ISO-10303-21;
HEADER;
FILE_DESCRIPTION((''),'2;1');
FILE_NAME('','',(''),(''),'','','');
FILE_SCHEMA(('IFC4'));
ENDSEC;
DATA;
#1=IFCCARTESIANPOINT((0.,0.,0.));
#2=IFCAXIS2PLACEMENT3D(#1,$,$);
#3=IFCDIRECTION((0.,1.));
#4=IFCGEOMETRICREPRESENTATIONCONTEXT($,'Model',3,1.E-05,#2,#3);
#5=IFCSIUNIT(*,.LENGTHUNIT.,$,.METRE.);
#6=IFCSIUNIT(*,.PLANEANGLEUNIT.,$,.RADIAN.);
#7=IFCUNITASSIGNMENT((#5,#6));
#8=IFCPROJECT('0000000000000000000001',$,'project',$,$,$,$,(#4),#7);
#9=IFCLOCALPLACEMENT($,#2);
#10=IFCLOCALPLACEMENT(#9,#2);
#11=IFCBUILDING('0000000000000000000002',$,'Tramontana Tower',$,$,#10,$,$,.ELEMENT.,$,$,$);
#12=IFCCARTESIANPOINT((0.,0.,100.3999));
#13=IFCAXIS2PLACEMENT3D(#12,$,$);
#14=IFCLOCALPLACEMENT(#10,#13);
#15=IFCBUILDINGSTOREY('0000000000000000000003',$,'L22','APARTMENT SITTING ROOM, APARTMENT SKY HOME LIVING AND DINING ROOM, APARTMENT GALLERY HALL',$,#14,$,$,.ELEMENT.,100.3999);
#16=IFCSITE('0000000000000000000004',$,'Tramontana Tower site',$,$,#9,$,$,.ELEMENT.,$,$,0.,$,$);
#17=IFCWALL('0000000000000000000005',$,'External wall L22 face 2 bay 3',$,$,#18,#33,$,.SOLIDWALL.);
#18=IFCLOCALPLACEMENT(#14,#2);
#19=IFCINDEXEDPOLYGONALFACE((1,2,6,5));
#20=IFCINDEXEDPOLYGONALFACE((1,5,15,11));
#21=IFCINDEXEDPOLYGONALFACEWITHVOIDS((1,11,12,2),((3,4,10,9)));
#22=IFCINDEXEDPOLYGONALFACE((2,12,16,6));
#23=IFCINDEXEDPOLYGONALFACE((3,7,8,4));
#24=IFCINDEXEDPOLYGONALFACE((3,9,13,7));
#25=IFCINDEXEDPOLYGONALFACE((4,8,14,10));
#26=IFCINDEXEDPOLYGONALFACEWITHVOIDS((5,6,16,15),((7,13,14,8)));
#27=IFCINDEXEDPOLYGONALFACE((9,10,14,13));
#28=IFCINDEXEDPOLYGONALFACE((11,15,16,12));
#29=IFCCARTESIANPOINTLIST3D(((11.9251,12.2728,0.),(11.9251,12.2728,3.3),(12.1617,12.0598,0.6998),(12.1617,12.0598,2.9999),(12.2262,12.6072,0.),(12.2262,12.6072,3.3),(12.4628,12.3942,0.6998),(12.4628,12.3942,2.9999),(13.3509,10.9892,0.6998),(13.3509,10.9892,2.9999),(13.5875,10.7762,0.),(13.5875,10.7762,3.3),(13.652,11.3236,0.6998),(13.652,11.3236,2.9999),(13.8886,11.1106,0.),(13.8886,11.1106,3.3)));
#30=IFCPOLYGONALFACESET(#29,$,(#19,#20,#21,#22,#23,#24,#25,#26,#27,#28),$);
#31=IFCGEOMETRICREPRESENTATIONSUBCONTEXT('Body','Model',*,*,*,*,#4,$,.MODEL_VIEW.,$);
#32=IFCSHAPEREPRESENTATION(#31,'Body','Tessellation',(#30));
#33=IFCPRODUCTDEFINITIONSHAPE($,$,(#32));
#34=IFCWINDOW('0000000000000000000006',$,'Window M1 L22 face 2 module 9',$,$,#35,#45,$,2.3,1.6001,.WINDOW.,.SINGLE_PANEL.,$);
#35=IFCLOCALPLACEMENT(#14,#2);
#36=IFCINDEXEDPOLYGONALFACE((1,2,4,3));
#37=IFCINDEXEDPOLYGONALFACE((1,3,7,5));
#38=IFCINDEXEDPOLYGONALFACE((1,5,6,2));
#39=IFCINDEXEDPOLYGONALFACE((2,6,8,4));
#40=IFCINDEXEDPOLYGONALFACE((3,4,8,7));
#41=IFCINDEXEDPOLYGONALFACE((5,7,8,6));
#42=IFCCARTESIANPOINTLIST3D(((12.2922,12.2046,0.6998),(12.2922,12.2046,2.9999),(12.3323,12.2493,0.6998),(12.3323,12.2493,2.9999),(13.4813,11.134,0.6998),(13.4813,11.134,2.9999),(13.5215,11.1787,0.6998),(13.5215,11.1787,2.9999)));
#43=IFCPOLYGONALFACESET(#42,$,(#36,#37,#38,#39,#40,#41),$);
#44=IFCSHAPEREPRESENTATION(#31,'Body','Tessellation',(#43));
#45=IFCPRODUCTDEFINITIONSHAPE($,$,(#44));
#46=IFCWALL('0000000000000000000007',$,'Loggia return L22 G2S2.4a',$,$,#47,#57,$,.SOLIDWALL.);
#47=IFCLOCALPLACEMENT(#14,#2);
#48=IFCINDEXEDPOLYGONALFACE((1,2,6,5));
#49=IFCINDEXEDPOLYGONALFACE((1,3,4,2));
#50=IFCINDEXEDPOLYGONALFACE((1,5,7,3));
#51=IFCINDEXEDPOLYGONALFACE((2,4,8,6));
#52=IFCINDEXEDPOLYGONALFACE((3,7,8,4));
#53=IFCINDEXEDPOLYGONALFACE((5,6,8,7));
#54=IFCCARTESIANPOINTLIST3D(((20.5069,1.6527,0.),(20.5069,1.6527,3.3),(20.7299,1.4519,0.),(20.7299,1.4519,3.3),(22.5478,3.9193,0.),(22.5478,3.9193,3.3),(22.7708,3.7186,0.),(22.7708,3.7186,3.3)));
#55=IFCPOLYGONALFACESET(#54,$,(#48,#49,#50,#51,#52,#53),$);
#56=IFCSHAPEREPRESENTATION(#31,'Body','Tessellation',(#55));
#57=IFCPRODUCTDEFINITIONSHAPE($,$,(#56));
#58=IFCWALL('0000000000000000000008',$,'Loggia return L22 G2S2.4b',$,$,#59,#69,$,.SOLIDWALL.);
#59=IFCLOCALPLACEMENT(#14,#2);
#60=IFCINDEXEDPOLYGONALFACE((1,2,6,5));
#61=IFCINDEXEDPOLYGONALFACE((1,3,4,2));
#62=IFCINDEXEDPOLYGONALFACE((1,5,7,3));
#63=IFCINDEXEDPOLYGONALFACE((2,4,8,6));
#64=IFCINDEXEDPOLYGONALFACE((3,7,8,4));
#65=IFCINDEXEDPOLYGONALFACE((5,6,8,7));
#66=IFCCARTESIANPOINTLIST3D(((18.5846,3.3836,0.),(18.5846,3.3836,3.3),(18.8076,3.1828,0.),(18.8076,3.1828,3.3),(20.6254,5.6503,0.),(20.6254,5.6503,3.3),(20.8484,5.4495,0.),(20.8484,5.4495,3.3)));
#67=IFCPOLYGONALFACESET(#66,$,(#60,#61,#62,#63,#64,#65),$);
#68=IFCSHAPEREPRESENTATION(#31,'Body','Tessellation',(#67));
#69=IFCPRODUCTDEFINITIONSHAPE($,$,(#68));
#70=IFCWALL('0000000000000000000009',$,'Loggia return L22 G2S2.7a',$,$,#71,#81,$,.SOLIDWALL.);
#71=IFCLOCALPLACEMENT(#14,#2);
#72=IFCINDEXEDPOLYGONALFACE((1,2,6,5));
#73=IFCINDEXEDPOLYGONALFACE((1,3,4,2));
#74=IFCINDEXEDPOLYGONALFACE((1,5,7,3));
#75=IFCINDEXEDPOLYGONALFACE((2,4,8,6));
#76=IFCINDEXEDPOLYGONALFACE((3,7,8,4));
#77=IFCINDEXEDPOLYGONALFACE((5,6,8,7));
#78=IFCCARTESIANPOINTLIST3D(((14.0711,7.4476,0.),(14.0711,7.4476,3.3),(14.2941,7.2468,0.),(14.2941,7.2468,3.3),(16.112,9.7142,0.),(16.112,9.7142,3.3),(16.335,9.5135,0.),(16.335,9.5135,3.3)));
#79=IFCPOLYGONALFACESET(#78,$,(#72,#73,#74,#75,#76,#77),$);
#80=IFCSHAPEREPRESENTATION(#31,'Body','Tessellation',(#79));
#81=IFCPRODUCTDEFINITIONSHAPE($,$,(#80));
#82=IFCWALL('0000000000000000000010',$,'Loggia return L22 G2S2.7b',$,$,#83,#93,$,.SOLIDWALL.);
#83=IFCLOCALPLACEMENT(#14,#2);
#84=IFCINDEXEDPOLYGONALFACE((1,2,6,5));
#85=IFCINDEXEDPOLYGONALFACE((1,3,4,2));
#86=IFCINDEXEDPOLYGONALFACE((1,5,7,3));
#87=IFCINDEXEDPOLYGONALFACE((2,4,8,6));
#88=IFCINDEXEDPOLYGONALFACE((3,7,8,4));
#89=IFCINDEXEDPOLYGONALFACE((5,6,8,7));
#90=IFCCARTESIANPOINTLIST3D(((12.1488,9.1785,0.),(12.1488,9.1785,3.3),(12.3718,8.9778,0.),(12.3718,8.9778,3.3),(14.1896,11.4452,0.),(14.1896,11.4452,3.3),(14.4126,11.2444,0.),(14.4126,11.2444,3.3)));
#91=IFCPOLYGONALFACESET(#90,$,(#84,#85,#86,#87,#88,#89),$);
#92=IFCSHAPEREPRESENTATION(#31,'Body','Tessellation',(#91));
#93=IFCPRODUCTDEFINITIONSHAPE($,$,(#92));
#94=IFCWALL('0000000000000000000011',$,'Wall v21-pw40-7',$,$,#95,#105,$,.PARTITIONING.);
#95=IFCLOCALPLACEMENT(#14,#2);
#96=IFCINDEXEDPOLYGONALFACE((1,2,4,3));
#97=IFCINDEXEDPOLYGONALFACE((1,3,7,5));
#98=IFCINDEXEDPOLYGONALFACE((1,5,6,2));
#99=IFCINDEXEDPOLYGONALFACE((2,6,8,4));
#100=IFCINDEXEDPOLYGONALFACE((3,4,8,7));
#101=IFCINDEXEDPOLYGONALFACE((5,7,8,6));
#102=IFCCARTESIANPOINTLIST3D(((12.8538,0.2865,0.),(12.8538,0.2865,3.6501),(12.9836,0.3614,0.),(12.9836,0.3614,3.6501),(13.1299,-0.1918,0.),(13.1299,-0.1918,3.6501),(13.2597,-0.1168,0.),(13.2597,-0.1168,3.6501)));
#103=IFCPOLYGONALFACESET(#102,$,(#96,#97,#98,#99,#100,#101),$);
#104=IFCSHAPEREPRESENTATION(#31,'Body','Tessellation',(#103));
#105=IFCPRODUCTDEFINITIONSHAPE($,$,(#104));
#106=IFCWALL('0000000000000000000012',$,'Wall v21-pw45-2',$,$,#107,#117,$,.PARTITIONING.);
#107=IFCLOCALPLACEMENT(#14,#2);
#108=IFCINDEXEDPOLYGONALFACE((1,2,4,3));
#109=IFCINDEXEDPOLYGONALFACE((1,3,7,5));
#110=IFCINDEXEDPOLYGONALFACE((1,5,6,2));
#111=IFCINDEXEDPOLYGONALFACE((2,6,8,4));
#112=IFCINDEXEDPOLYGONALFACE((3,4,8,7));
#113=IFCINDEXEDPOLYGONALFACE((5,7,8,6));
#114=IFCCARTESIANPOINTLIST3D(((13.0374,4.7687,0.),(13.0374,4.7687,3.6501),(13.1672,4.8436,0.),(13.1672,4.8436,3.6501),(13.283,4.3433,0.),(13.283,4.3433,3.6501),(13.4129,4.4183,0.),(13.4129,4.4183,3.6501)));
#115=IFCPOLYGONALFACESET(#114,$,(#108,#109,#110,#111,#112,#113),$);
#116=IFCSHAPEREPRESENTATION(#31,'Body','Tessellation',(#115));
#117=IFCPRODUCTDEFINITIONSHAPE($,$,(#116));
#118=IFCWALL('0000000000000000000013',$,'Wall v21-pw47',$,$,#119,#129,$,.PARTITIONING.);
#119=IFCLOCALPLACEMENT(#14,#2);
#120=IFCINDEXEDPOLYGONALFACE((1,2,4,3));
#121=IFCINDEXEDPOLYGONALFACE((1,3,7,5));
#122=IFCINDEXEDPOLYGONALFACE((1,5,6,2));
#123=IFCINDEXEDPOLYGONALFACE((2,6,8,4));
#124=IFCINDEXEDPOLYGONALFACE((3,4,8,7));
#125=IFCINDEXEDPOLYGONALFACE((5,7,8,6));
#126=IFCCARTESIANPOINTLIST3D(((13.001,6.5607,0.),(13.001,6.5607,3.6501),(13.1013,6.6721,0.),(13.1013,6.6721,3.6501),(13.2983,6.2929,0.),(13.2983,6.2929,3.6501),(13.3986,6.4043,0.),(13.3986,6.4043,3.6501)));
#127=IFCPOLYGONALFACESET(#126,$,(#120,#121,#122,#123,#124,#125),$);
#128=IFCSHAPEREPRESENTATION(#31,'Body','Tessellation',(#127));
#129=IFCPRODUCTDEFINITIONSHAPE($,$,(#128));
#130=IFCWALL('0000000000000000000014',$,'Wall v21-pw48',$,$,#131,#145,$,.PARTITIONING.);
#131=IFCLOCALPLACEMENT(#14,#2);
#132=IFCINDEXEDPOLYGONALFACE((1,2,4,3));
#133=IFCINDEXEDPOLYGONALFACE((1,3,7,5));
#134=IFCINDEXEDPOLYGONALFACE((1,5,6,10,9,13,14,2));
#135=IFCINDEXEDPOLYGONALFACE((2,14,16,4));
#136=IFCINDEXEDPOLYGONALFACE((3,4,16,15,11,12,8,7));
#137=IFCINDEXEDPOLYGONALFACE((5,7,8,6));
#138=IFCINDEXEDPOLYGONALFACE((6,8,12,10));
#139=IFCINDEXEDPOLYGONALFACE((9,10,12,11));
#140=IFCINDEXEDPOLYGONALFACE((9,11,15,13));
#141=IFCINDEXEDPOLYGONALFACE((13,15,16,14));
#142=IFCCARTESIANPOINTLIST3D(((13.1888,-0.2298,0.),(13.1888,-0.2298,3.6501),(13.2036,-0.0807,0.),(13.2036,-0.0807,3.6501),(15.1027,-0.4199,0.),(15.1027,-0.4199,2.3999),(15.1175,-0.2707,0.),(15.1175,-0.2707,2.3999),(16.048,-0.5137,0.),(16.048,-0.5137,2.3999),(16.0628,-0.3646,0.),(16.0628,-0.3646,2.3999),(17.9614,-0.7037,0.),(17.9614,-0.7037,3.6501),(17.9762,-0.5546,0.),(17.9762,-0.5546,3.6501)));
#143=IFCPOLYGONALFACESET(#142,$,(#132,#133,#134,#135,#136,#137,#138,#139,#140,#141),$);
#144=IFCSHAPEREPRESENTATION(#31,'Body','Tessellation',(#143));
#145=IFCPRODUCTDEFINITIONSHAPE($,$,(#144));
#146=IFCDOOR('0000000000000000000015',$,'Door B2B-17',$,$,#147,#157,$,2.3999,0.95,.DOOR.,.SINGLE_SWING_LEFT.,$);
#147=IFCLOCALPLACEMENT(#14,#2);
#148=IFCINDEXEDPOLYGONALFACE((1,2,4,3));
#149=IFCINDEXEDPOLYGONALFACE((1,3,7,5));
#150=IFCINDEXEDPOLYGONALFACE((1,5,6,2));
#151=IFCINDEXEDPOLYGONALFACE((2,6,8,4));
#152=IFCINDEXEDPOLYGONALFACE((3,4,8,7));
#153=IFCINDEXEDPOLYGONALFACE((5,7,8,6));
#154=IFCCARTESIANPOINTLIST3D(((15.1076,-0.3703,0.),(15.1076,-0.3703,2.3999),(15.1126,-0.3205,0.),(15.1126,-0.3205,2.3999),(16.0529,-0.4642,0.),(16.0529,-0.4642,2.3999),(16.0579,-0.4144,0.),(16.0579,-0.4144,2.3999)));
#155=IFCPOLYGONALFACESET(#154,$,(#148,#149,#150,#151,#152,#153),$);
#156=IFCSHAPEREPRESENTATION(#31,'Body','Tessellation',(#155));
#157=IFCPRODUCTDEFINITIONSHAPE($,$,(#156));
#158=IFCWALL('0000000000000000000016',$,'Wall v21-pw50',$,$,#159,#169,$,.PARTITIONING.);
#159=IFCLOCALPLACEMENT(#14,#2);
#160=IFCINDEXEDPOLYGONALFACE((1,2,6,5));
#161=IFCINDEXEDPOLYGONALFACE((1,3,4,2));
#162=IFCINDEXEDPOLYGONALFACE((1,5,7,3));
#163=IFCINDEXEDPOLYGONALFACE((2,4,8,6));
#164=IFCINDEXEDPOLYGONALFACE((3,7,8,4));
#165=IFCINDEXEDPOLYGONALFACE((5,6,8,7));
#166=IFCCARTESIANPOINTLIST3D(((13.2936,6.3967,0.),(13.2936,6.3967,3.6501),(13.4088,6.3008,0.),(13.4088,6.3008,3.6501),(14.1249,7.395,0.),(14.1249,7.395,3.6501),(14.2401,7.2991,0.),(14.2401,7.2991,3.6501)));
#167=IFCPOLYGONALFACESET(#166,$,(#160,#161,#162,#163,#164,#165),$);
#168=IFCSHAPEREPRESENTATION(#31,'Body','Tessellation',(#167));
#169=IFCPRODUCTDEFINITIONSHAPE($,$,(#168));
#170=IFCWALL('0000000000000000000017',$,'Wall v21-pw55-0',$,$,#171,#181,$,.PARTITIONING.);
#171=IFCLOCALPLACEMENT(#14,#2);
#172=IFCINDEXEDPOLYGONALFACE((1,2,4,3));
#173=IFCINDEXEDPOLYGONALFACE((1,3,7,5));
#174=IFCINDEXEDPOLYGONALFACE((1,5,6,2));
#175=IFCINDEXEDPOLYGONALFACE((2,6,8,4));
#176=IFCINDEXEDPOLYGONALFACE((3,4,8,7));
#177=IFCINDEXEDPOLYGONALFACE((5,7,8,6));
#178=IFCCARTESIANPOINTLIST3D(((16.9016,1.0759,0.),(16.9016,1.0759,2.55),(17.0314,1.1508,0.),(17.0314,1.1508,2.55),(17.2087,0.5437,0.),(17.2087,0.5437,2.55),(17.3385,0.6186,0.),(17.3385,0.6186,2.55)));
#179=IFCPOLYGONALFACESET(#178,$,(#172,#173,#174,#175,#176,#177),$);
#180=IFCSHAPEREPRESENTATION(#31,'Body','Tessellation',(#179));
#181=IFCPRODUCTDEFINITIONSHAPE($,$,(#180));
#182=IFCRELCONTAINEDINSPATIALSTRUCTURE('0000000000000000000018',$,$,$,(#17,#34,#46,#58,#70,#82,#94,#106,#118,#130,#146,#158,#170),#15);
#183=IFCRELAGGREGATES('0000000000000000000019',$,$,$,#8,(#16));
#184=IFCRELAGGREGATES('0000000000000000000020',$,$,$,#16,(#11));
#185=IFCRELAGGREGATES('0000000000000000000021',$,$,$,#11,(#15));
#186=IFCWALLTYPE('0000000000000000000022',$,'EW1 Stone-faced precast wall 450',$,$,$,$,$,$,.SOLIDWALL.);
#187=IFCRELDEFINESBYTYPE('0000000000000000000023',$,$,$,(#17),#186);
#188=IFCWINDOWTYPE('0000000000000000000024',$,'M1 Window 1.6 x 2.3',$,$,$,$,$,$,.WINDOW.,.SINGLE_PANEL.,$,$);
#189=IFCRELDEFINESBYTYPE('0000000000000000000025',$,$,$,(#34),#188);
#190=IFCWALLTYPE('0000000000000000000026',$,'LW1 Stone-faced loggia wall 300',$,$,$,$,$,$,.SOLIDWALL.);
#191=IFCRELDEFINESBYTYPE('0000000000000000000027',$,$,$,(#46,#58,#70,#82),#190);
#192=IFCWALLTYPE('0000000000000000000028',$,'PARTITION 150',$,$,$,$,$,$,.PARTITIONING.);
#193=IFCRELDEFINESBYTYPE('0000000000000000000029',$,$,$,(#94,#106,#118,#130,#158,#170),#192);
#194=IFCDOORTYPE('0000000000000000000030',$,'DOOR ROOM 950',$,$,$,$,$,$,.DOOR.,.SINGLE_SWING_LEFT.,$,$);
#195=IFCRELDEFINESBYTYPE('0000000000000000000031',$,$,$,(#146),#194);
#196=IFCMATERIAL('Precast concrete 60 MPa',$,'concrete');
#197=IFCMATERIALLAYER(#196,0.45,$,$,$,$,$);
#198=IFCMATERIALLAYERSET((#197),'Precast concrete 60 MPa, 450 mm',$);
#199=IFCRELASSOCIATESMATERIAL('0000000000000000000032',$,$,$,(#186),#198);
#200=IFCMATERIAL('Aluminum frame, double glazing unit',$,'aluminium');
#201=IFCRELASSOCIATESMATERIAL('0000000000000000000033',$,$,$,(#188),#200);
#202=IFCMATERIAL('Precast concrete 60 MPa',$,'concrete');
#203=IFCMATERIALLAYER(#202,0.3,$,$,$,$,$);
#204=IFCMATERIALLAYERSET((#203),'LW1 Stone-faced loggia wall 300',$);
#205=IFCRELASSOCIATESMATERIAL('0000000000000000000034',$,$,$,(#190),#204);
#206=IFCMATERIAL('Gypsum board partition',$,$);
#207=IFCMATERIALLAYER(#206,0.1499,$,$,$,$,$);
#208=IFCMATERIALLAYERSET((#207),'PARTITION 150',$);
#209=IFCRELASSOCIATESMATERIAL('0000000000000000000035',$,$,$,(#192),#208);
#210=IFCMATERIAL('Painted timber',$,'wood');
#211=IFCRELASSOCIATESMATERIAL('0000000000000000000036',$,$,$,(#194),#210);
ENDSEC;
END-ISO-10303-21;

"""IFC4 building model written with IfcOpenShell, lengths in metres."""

from ifc_helpers import new_model, si_unit, direction, frame, frame_2d, origin, place, context, subcontext, project, spatial, rectangle, extrude, material, layer, layer_set, type_object, element, fill, save


model = new_model("IFC4")

# Units and contexts
model_context = context("Model", 3, precision=1e-05, world=origin(), true_north=direction((0.0, 1.0)))
body_context = subcontext(model_context, "Body", "Model", "MODEL_VIEW")
ifc_project = project(units=[si_unit("LENGTHUNIT", "METRE"), si_unit("PLANEANGLEUNIT", "RADIAN")], contexts=[model_context])

# Site, building, storey
site_placement = place(None, origin())
site = spatial("IfcSite", under=ifc_project, at=site_placement, Name="Tramontana Tower site", CompositionType="ELEMENT", RefElevation=0.0)
building_placement = place(site_placement, origin())
building = spatial("IfcBuilding", under=site, at=building_placement, Name="Tramontana Tower", CompositionType="ELEMENT")
storey_placement = place(building_placement, frame((0.0, 0.0, 100.3999)))
storey = spatial("IfcBuildingStorey", under=building, at=storey_placement, Name="L22", Description="APARTMENT SITTING ROOM, APARTMENT SKY HOME LIVING AND DINING ROOM, APARTMENT GALLERY HALL", CompositionType="ELEMENT", Elevation=100.3999)

# Wall, opening, window
ifc_material_1 = material(Name="Precast concrete 60 MPa", Category="concrete")
ifc_layer_1 = layer(ifc_material_1, 0.45)
ifc_layer_set_1 = layer_set([ifc_layer_1], Name="Precast concrete 60 MPa, 450 mm")
wall_type_1 = type_object("IfcWallType", Name="EW1 Stone-faced precast wall 450", PredefinedType="SOLIDWALL", material=ifc_layer_set_1)
ifc_material_2 = material(Name="Aluminum frame, double glazing unit", Category="aluminium")
window_type_1 = type_object("IfcWindowType", Name="M1 Window 1.6 x 2.3", PartitioningType="SINGLE_PANEL", PredefinedType="WINDOW", material=ifc_material_2)
wall_1_placement = place(storey_placement, frame((13.738, 10.9434, 0.0), z_axis=(0.0, 0.0, 1.0), x_axis=(-0.743191, 0.669079, 0.0)))
wall_1 = element("IfcWall", 1, at=wall_1_placement, inside=storey, type_object=wall_type_1, Name="External wall L22 face 2 bay 3", PredefinedType="SOLIDWALL", context=body_context, shape_type="SweptSolid", body=[
    extrude(rectangle(XDim=2.2368, YDim=0.45, at=frame_2d((1.1184, 0.0))), origin(), (0.0, 0.0, 1.0), 3.3),
])
opening_1_placement = place(wall_1_placement, frame((0.3184, 0.0, 0.7)))
opening_1 = element("IfcOpeningElement", 2, at=opening_1_placement, cuts=wall_1, PredefinedType="OPENING", context=body_context, shape_type="SweptSolid", body=[
    extrude(rectangle(XDim=1.6001, YDim=2.3, at=frame_2d((0.8, 1.1499))), frame((0.0, 0.2349, 0.0), z_axis=(0.0, -1.0, 0.0), x_axis=(1.0, 0.0, 0.0)), (0.0, 0.0, 1.0), 0.47),
])
window_1_placement = place(opening_1_placement, origin())
window_1 = element("IfcWindow", 3, at=window_1_placement, inside=storey, type_object=window_type_1, Name="Window M1 L22 face 2 module 9", OverallHeight=2.3, OverallWidth=1.6001, PartitioningType="SINGLE_PANEL", PredefinedType="WINDOW", context=body_context, shape_type="SweptSolid", body=[
    extrude(rectangle(XDim=1.6001, YDim=2.3, at=frame_2d((0.8, 1.1499))), frame((0.0, 0.03, 0.0), z_axis=(0.0, -1.0, 0.0), x_axis=(1.0, 0.0, 0.0)), (0.0, 0.0, 1.0), 0.0601),
])
fill(opening_1, window_1)

# Shared definitions
ifc_material_3 = material(Name="Precast concrete 60 MPa", Category="concrete")
ifc_layer_2 = layer(ifc_material_3, 0.3)
ifc_layer_set_2 = layer_set([ifc_layer_2], Name="LW1 Stone-faced loggia wall 300")
wall_type_2 = type_object("IfcWallType", Name="LW1 Stone-faced loggia wall 300", PredefinedType="SOLIDWALL", material=ifc_layer_set_2)

# Walls
for number, where, z_axis, x_axis, name in (
    (4, (22.6592, 3.8188, 0.0), (0.0, 0.0, 1.0), (-0.669115, -0.743159, 0.0), "Loggia return L22 G2S2.4a"),
    (5, (20.7368, 5.5498, 0.0), (0.0, 0.0, 1.0), (-0.669115, -0.743159, 0.0), "Loggia return L22 G2S2.4b"),
):
    element("IfcWall", number, at=place(storey_placement, frame(where, z_axis=z_axis, x_axis=x_axis)), inside=storey, type_object=wall_type_2, Name=name, PredefinedType="SOLIDWALL", context=body_context, shape_type="SweptSolid", body=[
        extrude(rectangle(XDim=3.05, YDim=0.3, at=frame_2d((1.5249, 0.0))), origin(), (0.0, 0.0, 1.0), 3.3),
    ])

# Walls
for number, where, z_axis, x_axis, name in (
    (6, (16.2234, 9.6138, 0.0), (0.0, 0.0, 1.0), (-0.669115, -0.743159, 0.0), "Loggia return L22 G2S2.7a"),
    (7, (14.301, 11.3447, 0.0), (0.0, 0.0, 1.0), (-0.669115, -0.743159, 0.0), "Loggia return L22 G2S2.7b"),
):
    element("IfcWall", number, at=place(storey_placement, frame(where, z_axis=z_axis, x_axis=x_axis)), inside=storey, type_object=wall_type_2, Name=name, PredefinedType="SOLIDWALL", context=body_context, shape_type="SweptSolid", body=[
        extrude(rectangle(XDim=3.05, YDim=0.3, at=frame_2d((1.5249, 0.0))), origin(), (0.0, 0.0, 1.0), 3.3),
    ])
ifc_material_4 = material(Name="Gypsum board partition")
ifc_layer_3 = layer(ifc_material_4, 0.1499)
ifc_layer_set_3 = layer_set([ifc_layer_3], Name="PARTITION 150")
wall_type_3 = type_object("IfcWallType", Name="PARTITION 150", PredefinedType="PARTITIONING", material=ifc_layer_set_3)
wall_2_placement = place(storey_placement, frame((12.9187, 0.324, 0.0), z_axis=(0.0, 0.0, 1.0), x_axis=(0.49999, -0.866031, 0.0)))
element("IfcWall", 8, at=wall_2_placement, inside=storey, type_object=wall_type_3, Name="Wall v21-pw40-7", PredefinedType="PARTITIONING", context=body_context, shape_type="SweptSolid", body=[
    extrude(rectangle(XDim=0.5522, YDim=0.1499, at=frame_2d((0.2761, 0.0))), origin(), (0.0, 0.0, 1.0), 3.6501),
])
wall_3_placement = place(storey_placement, frame((13.1023, 4.8062, 0.0), z_axis=(0.0, 0.0, 1.0), x_axis=(0.500095, -0.86597, 0.0)))
element("IfcWall", 9, at=wall_3_placement, inside=storey, type_object=wall_type_3, Name="Wall v21-pw45-2", PredefinedType="PARTITIONING", context=body_context, shape_type="SweptSolid", body=[
    extrude(rectangle(XDim=0.4912, YDim=0.1499, at=frame_2d((0.2456, 0.0))), origin(), (0.0, 0.0, 1.0), 3.6501),
])
wall_4_placement = place(storey_placement, frame((13.051, 6.6165, 0.0), z_axis=(0.0, 0.0, 1.0), x_axis=(0.743051, -0.669234, 0.0)))
element("IfcWall", 10, at=wall_4_placement, inside=storey, type_object=wall_type_3, Name="Wall v21-pw47", PredefinedType="PARTITIONING", context=body_context, shape_type="SweptSolid", body=[
    extrude(rectangle(XDim=0.4001, YDim=0.1499, at=frame_2d((0.2002, 0.0))), origin(), (0.0, 0.0, 1.0), 3.6501),
])

# Wall, opening, door
wall_5_placement = place(storey_placement, frame((13.1963, -0.1553, 0.0), z_axis=(0.0, 0.0, 1.0), x_axis=(0.995107, -0.098803, 0.0)))
wall_5 = element("IfcWall", 11, at=wall_5_placement, inside=storey, type_object=wall_type_3, Name="Wall v21-pw48", PredefinedType="PARTITIONING", context=body_context, shape_type="SweptSolid", body=[
    extrude(rectangle(XDim=4.7961, YDim=0.1499, at=frame_2d((2.3979, 0.0))), origin(), (0.0, 0.0, 1.0), 3.6501),
])
opening_2_placement = place(wall_5_placement, frame((1.9231, 0.0, 0.0)))
opening_2 = element("IfcOpeningElement", 12, at=opening_2_placement, cuts=wall_5, PredefinedType="OPENING", context=body_context, shape_type="SweptSolid", body=[
    extrude(rectangle(XDim=0.95, YDim=2.3999, at=frame_2d((0.4751, 1.2))), frame((0.0, 0.085, 0.0), z_axis=(0.0, -1.0, 0.0), x_axis=(1.0, 0.0, 0.0)), (0.0, 0.0, 1.0), 0.1699),
])
ifc_material_5 = material(Name="Painted timber", Category="wood")
door_type_1 = type_object("IfcDoorType", Name="DOOR ROOM 950", OperationType="SINGLE_SWING_LEFT", PredefinedType="DOOR", material=ifc_material_5)
door_1_placement = place(opening_2_placement, origin())
door_1 = element("IfcDoor", 13, at=door_1_placement, inside=storey, type_object=door_type_1, Name="Door B2B-17", OperationType="SINGLE_SWING_LEFT", OverallHeight=2.3999, OverallWidth=0.95, PredefinedType="DOOR", context=body_context, shape_type="SweptSolid", body=[
    extrude(rectangle(XDim=0.95, YDim=2.3999, at=frame_2d((0.4751, 1.2))), frame((0.0, 0.0249, 0.0), z_axis=(0.0, -1.0, 0.0), x_axis=(1.0, 0.0, 0.0)), (0.0, 0.0, 1.0), 0.05),
])
fill(opening_2, door_1)

# Walls
wall_6_placement = place(storey_placement, frame((13.3513, 6.3489, 0.0), z_axis=(0.0, 0.0, 1.0), x_axis=(0.639907, 0.768452, 0.0)))
element("IfcWall", 14, at=wall_6_placement, inside=storey, type_object=wall_type_3, Name="Wall v21-pw50", PredefinedType="PARTITIONING", context=body_context, shape_type="SweptSolid", body=[
    extrude(rectangle(XDim=1.2991, YDim=0.1499, at=frame_2d((0.6494, 0.0))), origin(), (0.0, 0.0, 1.0), 3.6501),
])
wall_7_placement = place(storey_placement, frame((16.9666, 1.1133, 0.0), z_axis=(0.0, 0.0, 1.0), x_axis=(0.499814, -0.866133, 0.0)))
element("IfcWall", 15, at=wall_7_placement, inside=storey, type_object=wall_type_3, Name="Wall v21-pw55-0", PredefinedType="PARTITIONING", context=body_context, shape_type="SweptSolid", body=[
    extrude(rectangle(XDim=0.6145, YDim=0.1499, at=frame_2d((0.3071, 0.0))), origin(), (0.0, 0.0, 1.0), 2.55),
])

save(model, "model.ifc")
